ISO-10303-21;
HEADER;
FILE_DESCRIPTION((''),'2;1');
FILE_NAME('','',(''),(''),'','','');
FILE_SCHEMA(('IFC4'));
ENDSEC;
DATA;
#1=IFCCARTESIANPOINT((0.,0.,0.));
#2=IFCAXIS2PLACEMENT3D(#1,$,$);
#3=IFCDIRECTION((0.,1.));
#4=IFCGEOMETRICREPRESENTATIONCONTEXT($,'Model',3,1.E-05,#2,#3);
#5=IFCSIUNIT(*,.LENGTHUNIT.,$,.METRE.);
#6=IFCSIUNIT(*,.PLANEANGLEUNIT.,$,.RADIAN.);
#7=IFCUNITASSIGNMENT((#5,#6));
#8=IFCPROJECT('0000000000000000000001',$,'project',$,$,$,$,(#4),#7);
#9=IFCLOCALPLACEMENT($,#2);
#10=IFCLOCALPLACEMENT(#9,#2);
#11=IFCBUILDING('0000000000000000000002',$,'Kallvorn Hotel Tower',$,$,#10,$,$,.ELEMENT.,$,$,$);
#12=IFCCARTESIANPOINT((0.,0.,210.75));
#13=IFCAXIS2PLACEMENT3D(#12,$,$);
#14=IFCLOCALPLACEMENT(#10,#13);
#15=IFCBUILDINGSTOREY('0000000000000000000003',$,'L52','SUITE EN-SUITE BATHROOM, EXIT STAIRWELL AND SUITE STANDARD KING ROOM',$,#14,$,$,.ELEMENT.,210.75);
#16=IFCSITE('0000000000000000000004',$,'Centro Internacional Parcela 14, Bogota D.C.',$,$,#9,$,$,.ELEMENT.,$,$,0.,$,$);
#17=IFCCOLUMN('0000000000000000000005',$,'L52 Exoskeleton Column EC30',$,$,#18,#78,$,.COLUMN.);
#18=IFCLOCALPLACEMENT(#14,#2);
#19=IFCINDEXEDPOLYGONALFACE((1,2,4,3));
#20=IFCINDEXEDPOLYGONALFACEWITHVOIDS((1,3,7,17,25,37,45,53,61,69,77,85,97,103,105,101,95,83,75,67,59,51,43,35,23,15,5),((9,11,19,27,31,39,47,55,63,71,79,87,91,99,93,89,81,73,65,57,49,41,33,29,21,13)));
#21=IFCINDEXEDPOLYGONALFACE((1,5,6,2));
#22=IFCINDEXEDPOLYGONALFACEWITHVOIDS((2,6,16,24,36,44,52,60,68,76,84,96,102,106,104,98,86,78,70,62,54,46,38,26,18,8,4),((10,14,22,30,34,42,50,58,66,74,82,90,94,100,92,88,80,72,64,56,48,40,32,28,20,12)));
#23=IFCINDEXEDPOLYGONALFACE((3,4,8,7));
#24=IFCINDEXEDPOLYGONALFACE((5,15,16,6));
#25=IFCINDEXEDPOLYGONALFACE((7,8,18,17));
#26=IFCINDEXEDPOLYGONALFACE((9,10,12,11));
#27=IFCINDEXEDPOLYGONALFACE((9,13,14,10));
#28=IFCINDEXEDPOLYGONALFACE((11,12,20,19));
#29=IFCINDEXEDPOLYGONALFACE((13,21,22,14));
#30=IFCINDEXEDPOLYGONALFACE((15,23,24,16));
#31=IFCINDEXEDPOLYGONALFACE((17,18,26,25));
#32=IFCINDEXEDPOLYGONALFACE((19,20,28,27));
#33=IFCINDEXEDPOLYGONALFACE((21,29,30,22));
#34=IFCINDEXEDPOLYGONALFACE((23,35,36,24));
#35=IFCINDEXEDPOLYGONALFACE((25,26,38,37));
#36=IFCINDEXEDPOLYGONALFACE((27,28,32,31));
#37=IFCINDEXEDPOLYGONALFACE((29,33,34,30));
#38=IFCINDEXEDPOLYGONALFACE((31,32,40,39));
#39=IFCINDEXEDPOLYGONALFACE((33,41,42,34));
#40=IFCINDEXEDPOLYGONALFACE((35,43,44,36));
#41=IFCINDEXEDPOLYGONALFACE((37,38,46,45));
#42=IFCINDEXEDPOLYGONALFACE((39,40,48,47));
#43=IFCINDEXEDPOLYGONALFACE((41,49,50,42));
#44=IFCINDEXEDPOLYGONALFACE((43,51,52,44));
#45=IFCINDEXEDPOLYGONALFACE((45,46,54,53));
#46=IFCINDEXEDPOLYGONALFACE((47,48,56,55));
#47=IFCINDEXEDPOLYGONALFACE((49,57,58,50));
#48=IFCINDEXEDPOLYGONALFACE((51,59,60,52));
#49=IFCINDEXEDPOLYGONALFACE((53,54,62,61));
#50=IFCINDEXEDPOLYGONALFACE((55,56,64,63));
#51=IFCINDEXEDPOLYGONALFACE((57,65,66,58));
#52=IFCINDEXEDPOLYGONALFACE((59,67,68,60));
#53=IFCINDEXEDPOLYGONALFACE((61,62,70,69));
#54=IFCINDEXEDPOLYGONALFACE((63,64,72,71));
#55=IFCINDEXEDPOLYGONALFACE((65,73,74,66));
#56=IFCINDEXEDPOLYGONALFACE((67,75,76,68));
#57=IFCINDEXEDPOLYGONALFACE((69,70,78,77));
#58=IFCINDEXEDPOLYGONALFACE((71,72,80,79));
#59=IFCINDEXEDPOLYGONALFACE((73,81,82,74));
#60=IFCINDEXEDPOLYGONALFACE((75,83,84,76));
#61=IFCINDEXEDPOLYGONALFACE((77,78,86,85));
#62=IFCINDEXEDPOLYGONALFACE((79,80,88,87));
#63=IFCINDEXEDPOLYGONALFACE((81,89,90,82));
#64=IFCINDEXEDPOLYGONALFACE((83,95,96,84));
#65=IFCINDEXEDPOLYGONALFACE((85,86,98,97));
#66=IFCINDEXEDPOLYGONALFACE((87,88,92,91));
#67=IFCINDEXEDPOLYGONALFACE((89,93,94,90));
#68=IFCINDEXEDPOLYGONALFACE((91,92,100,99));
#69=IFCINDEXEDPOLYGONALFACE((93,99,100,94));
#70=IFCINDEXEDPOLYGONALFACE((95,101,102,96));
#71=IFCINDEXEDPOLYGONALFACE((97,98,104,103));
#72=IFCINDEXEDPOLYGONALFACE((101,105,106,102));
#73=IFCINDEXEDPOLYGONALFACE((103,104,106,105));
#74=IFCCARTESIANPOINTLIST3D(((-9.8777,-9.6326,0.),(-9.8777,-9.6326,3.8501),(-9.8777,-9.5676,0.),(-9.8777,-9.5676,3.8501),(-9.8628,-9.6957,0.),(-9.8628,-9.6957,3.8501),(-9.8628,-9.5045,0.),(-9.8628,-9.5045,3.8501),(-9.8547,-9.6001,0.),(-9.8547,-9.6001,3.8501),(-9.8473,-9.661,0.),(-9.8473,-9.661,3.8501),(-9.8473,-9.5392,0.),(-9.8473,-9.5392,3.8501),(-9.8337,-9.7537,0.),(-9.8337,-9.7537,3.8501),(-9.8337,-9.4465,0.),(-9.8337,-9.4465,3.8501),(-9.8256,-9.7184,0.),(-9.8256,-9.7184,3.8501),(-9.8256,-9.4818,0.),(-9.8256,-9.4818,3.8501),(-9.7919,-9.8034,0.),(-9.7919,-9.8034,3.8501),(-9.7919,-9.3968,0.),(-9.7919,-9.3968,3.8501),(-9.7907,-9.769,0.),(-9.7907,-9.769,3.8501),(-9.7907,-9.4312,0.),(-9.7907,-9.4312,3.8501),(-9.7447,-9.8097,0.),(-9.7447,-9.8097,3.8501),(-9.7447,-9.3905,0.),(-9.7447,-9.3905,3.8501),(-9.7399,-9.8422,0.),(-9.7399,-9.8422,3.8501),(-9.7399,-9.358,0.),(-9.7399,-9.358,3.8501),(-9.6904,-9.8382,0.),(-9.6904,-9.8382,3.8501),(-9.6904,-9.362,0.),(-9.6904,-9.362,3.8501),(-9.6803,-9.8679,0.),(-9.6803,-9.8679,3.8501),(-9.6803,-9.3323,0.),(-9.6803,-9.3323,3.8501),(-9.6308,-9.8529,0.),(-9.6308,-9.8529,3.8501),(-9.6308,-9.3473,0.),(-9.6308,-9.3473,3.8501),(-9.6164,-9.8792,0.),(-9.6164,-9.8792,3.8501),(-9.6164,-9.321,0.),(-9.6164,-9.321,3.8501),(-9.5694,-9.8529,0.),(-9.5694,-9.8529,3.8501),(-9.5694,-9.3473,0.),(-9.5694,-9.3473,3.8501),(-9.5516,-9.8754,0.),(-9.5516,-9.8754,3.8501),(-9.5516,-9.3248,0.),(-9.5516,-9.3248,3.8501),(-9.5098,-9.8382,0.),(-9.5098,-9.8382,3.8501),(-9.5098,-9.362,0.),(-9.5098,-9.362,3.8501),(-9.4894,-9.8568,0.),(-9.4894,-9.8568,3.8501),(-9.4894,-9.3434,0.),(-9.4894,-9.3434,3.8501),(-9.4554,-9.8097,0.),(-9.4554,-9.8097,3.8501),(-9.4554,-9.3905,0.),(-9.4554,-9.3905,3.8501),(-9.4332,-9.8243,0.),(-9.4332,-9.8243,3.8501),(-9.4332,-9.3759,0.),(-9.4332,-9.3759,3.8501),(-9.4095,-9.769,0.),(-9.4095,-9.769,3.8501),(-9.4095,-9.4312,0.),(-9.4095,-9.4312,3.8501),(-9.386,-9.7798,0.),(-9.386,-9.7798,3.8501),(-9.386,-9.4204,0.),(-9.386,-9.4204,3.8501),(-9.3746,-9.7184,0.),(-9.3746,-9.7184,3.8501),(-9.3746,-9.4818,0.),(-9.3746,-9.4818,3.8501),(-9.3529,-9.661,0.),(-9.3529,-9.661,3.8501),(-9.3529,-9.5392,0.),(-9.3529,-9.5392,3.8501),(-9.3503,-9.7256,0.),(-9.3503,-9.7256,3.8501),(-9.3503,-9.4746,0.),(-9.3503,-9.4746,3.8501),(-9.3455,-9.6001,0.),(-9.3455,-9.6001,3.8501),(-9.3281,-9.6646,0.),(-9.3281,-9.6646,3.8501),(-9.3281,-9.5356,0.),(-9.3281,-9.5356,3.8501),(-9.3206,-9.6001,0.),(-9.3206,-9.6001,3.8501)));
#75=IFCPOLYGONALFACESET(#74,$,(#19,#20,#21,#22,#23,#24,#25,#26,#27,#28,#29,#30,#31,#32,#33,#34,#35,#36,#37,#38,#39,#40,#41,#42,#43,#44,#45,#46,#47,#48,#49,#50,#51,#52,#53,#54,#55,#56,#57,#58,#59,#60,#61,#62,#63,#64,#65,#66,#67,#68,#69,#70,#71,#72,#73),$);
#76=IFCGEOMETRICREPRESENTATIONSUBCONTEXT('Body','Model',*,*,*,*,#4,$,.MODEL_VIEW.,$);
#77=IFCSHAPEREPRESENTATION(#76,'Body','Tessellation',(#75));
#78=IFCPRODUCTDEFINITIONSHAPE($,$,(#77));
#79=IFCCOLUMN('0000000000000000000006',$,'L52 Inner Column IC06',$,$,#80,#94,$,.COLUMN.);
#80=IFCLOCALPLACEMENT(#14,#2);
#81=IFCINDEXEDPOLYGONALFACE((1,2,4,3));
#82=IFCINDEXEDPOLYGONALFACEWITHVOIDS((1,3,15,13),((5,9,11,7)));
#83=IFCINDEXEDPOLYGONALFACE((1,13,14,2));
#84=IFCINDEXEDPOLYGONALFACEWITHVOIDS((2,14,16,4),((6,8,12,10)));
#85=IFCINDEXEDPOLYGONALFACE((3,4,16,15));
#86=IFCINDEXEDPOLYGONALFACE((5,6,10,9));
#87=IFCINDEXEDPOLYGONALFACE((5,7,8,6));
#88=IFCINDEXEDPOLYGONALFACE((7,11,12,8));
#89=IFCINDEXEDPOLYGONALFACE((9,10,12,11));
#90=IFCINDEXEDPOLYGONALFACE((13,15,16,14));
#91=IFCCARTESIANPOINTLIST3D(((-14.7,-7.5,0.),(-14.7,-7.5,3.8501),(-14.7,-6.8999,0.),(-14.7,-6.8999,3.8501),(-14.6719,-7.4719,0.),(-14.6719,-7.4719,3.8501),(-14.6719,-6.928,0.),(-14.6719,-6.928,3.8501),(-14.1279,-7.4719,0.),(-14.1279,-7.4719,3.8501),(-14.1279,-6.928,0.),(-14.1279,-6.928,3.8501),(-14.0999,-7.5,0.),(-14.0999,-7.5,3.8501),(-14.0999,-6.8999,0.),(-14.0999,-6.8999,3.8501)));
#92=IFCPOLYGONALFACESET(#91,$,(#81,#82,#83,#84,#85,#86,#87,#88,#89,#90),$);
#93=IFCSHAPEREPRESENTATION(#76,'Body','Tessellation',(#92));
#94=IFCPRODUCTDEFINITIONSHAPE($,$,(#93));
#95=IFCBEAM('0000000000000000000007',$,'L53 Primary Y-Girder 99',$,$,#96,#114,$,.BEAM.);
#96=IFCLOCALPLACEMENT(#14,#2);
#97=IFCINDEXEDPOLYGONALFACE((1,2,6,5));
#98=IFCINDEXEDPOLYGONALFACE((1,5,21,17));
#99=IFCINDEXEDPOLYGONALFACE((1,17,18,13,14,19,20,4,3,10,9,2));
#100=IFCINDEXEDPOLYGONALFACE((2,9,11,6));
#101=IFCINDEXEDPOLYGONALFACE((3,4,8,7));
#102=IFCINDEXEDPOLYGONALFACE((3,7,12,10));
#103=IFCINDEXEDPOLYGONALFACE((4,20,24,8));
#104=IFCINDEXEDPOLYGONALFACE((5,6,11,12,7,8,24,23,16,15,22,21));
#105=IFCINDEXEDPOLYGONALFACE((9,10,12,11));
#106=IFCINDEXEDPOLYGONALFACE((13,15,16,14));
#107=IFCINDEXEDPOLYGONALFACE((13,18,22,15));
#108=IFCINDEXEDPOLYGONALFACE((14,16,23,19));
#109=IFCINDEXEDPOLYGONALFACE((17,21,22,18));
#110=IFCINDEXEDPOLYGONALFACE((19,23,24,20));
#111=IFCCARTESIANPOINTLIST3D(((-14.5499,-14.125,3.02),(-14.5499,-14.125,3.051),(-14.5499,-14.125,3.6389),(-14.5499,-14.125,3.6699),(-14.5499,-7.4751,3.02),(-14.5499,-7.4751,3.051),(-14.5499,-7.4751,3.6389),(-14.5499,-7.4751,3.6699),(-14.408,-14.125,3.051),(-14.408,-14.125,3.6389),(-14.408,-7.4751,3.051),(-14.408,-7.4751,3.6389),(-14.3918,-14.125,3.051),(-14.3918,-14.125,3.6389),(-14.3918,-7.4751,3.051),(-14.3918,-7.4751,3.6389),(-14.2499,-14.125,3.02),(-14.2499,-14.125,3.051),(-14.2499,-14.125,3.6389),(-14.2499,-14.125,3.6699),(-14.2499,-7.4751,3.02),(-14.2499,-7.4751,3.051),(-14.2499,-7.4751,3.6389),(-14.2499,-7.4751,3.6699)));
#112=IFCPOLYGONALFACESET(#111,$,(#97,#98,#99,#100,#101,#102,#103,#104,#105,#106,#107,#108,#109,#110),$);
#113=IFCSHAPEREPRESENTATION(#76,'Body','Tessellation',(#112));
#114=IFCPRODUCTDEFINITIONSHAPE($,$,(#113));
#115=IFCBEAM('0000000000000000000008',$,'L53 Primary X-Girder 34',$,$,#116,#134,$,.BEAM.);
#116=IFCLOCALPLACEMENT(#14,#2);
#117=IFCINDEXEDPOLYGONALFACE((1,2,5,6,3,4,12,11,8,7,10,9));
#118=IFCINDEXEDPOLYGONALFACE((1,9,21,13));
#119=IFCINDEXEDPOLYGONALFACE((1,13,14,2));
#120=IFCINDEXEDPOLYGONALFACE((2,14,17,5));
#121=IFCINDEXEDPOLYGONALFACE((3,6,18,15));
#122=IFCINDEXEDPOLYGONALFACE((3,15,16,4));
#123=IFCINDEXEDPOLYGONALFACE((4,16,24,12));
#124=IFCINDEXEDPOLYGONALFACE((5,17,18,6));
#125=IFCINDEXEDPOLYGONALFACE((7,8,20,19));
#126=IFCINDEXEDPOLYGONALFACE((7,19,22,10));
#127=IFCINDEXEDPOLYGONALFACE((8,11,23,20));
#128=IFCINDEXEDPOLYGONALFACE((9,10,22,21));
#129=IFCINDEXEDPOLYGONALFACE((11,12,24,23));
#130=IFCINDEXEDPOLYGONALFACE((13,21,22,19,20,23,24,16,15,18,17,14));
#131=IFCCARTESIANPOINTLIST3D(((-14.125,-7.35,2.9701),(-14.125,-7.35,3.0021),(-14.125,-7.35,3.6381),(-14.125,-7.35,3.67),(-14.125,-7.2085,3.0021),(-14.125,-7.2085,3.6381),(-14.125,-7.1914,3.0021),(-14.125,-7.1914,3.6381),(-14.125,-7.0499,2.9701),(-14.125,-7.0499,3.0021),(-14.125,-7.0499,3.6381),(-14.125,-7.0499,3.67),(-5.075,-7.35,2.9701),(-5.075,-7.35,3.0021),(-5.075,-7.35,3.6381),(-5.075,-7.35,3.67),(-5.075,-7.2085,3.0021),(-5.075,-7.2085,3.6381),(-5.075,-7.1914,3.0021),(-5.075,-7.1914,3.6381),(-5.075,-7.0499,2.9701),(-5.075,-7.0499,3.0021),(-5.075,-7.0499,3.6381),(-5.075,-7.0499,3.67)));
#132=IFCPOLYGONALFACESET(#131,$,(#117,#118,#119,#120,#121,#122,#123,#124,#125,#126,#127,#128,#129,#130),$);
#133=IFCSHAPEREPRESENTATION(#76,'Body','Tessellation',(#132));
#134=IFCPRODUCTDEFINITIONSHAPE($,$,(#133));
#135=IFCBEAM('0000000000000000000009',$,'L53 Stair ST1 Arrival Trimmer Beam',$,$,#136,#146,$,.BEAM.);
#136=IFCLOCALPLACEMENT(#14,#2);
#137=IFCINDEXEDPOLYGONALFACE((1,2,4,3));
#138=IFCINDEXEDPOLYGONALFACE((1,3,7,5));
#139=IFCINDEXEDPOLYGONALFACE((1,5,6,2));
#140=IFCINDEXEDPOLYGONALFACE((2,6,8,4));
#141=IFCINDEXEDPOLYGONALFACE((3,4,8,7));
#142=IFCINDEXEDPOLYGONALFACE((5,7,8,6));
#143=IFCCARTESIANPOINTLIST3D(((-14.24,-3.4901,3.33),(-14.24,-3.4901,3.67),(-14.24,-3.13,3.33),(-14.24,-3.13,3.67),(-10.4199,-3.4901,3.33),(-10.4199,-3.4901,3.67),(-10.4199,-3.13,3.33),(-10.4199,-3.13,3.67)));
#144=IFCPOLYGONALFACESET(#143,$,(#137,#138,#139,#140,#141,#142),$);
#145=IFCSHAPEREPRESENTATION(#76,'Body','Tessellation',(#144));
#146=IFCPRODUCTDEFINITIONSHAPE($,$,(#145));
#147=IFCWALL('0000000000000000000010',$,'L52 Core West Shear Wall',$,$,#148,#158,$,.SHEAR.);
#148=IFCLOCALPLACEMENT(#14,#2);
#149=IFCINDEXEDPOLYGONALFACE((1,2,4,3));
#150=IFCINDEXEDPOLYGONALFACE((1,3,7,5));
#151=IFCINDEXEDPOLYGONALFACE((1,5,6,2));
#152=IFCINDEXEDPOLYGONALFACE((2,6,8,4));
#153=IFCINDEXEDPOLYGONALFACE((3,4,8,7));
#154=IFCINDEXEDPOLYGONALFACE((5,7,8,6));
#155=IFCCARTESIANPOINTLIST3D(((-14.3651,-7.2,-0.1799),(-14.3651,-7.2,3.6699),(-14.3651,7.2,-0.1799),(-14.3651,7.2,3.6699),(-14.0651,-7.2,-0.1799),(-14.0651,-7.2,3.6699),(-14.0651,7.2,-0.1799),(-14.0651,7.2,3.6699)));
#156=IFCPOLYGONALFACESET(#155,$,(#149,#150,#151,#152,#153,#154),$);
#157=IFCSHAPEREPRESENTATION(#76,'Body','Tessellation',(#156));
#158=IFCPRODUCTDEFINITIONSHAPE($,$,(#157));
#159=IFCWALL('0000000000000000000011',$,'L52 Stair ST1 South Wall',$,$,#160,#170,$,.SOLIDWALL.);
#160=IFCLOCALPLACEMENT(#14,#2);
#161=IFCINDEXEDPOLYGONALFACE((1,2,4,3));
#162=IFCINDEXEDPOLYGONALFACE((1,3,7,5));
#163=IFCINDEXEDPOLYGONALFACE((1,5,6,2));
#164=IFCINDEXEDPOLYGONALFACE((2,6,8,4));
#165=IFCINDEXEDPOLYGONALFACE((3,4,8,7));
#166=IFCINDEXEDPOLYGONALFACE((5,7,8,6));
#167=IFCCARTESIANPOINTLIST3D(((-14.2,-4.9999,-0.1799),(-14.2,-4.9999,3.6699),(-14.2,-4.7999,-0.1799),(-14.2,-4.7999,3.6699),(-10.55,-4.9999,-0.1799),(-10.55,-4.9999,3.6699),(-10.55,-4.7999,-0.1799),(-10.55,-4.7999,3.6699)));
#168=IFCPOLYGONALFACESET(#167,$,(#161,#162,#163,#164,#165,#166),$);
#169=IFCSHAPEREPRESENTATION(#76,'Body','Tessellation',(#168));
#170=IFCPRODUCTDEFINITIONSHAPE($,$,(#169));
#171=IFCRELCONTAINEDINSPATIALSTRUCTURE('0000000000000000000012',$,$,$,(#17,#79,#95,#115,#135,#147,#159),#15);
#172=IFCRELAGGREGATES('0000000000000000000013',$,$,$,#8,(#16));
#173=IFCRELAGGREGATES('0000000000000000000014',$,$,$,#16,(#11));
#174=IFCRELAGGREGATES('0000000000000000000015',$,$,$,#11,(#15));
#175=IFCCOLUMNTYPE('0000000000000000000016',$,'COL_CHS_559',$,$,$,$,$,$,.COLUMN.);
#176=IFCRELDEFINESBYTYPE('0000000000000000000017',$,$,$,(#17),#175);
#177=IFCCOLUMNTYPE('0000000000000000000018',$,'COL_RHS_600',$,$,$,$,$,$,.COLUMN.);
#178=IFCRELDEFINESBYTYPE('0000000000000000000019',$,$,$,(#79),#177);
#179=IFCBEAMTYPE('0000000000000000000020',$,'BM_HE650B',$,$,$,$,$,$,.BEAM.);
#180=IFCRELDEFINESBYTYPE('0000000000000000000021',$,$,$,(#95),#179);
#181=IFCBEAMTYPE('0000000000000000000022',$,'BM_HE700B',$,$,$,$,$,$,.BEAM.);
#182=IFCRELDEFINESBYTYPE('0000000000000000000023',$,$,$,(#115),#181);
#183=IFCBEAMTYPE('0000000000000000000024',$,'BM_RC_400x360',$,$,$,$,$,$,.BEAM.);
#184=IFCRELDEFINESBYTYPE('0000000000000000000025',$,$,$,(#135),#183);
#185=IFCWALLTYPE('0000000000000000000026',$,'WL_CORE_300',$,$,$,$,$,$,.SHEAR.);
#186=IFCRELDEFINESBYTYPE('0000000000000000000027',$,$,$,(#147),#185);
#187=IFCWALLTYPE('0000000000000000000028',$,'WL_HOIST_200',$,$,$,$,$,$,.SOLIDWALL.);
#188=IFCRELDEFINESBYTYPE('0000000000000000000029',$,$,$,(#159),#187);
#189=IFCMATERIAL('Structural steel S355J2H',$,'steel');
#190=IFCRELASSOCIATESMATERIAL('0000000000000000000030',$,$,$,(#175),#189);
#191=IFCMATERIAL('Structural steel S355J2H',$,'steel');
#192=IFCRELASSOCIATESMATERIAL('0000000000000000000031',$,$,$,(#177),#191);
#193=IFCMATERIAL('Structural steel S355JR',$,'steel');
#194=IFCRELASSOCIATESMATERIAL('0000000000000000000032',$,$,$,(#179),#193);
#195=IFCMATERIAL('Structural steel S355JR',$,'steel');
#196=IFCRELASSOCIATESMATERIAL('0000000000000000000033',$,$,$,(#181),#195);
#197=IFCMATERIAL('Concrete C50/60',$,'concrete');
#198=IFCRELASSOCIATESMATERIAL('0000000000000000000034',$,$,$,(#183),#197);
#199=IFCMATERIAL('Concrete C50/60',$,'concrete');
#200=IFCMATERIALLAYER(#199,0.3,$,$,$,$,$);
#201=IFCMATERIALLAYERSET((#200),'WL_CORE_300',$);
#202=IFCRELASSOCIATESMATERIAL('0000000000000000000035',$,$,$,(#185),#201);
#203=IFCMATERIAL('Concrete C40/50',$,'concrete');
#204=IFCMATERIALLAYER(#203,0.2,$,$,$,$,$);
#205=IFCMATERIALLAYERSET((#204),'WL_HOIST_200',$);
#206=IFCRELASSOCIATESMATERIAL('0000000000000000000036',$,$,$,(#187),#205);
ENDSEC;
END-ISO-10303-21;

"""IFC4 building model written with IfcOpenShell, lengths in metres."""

from ifc_helpers import new_model, si_unit, direction, frame, frame_2d, origin, origin_2d, place, context, subcontext, project, spatial, rectangle, hollow_rectangle, hollow_circle, i_section, extrude, material, layer, layer_set, material_profile, profile_set, type_object, element, save


model = new_model("IFC4")

# Units and contexts
model_context = context("Model", 3, precision=1e-05, world=origin(), true_north=direction((0.0, 1.0)))
body_context = subcontext(model_context, "Body", "Model", "MODEL_VIEW")
ifc_project = project(units=[si_unit("LENGTHUNIT", "METRE"), si_unit("PLANEANGLEUNIT", "RADIAN")], contexts=[model_context])

# Site, building, storey
site_placement = place(None, origin())
site = spatial("IfcSite", under=ifc_project, at=site_placement, Name="Centro Internacional Parcela 14, Bogota D.C.", CompositionType="ELEMENT", RefElevation=0.0)
building_placement = place(site_placement, origin())
building = spatial("IfcBuilding", under=site, at=building_placement, Name="Kallvorn Hotel Tower", CompositionType="ELEMENT")
storey_placement = place(building_placement, frame((0.0, 0.0, 210.75)))
storey = spatial("IfcBuildingStorey", under=building, at=storey_placement, Name="L52", Description="SUITE EN-SUITE BATHROOM, EXIT STAIRWELL AND SUITE STANDARD KING ROOM", CompositionType="ELEMENT", Elevation=210.75)

# Columns
ifc_material_1 = material(Name="Structural steel S355J2H", Category="steel")
ifc_material_profile_1 = material_profile(ifc_material_1, hollow_circle(Radius=0.2795, WallThickness=0.0249, at=origin_2d()), Name="CHS 559x25")
ifc_profile_set_1 = profile_set([ifc_material_profile_1], Name="Structural steel S355J2H")
column_type_1 = type_object("IfcColumnType", Name="COL_CHS_559", PredefinedType="COLUMN", material=ifc_profile_set_1)
column_1_placement = place(storey_placement, frame((-9.6001, -9.6001, 0.0), z_axis=(0.0, 0.0, 1.0), x_axis=(1.0, 0.0, 0.0)))
element("IfcColumn", 1, at=column_1_placement, inside=storey, type_object=column_type_1, Name="L52 Exoskeleton Column EC30", PredefinedType="COLUMN", context=body_context, shape_type="SweptSolid", body=[
    extrude(hollow_circle(Radius=0.2795, WallThickness=0.0249, at=origin_2d()), origin(), (0.0, 0.0, 1.0), 3.8501),
])
ifc_material_2 = material(Name="Structural steel S355J2H", Category="steel")
ifc_material_profile_2 = material_profile(ifc_material_2, hollow_rectangle(XDim=0.6001, YDim=0.6001, WallThickness=0.0281, at=origin_2d()), Name="RHS 600x600x28")
ifc_profile_set_2 = profile_set([ifc_material_profile_2], Name="Structural steel S355J2H")
column_type_2 = type_object("IfcColumnType", Name="COL_RHS_600", PredefinedType="COLUMN", material=ifc_profile_set_2)
column_2_placement = place(storey_placement, frame((-14.3999, -7.2, 0.0), z_axis=(0.0, 0.0, 1.0), x_axis=(1.0, 0.0, 0.0)))
element("IfcColumn", 2, at=column_2_placement, inside=storey, type_object=column_type_2, Name="L52 Inner Column IC06", PredefinedType="COLUMN", context=body_context, shape_type="SweptSolid", body=[
    extrude(hollow_rectangle(XDim=0.6001, YDim=0.6001, WallThickness=0.0281, at=origin_2d()), origin(), (0.0, 0.0, 1.0), 3.8501),
])

# Beams
ifc_material_3 = material(Name="Structural steel S355JR", Category="steel")
ifc_material_profile_3 = material_profile(ifc_material_3, i_section(OverallWidth=0.3, OverallDepth=0.6499, WebThickness=0.0161, FlangeThickness=0.031, at=origin_2d()), Name="HE 650 B")
ifc_profile_set_3 = profile_set([ifc_material_profile_3], Name="Structural steel S355JR")
beam_type_1 = type_object("IfcBeamType", Name="BM_HE650B", PredefinedType="BEAM", material=ifc_profile_set_3)
beam_1_placement = place(storey_placement, frame((-14.3999, -14.125, 3.345), z_axis=(0.0, 1.0, 0.0), x_axis=(-1.0, 0.0, 0.0)))
element("IfcBeam", 3, at=beam_1_placement, inside=storey, type_object=beam_type_1, Name="L53 Primary Y-Girder 99", PredefinedType="BEAM", context=body_context, shape_type="SweptSolid", body=[
    extrude(i_section(OverallWidth=0.3, OverallDepth=0.6499, WebThickness=0.0161, FlangeThickness=0.031, at=origin_2d()), origin(), (0.0, 0.0, 1.0), 6.6499),
])
ifc_material_4 = material(Name="Structural steel S355JR", Category="steel")
ifc_material_profile_4 = material_profile(ifc_material_4, i_section(OverallWidth=0.3, OverallDepth=0.7, WebThickness=0.0171, FlangeThickness=0.032, at=origin_2d()), Name="HE 700 B")
ifc_profile_set_4 = profile_set([ifc_material_profile_4], Name="Structural steel S355JR")
beam_type_2 = type_object("IfcBeamType", Name="BM_HE700B", PredefinedType="BEAM", material=ifc_profile_set_4)
beam_2_placement = place(storey_placement, frame((-14.125, -7.2, 3.3201), z_axis=(1.0, 0.0, 0.0), x_axis=(0.0, 1.0, 0.0)))
element("IfcBeam", 4, at=beam_2_placement, inside=storey, type_object=beam_type_2, Name="L53 Primary X-Girder 34", PredefinedType="BEAM", context=body_context, shape_type="SweptSolid", body=[
    extrude(i_section(OverallWidth=0.3, OverallDepth=0.7, WebThickness=0.0171, FlangeThickness=0.032, at=origin_2d()), origin(), (0.0, 0.0, 1.0), 9.05),
])
ifc_material_5 = material(Name="Concrete C50/60", Category="concrete")
ifc_material_profile_5 = material_profile(ifc_material_5, rectangle(XDim=0.3601, YDim=0.3401, at=origin_2d()), Name="RC 360x340")
ifc_profile_set_5 = profile_set([ifc_material_profile_5], Name="Concrete C50/60")
beam_type_3 = type_object("IfcBeamType", Name="BM_RC_400x360", PredefinedType="BEAM", material=ifc_profile_set_5)
beam_3_placement = place(storey_placement, frame((-10.4199, -3.3101, 3.5), z_axis=(-1.0, 0.0, 0.0), x_axis=(0.0, -1.0, 0.0)))
element("IfcBeam", 5, at=beam_3_placement, inside=storey, type_object=beam_type_3, Name="L53 Stair ST1 Arrival Trimmer Beam", PredefinedType="BEAM", context=body_context, shape_type="SweptSolid", body=[
    extrude(rectangle(XDim=0.3601, YDim=0.3401, at=origin_2d()), origin(), (0.0, 0.0, 1.0), 3.8201),
])

# Walls
ifc_material_6 = material(Name="Concrete C50/60", Category="concrete")
ifc_layer_1 = layer(ifc_material_6, 0.3)
ifc_layer_set_1 = layer_set([ifc_layer_1], Name="WL_CORE_300")
wall_type_1 = type_object("IfcWallType", Name="WL_CORE_300", PredefinedType="SHEAR", material=ifc_layer_set_1)
wall_1_placement = place(storey_placement, frame((-14.2151, -7.2, -0.1799), z_axis=(0.0, 0.0, 1.0), x_axis=(0.0, 1.0, 0.0)))
element("IfcWall", 6, at=wall_1_placement, inside=storey, type_object=wall_type_1, Name="L52 Core West Shear Wall", PredefinedType="SHEAR", context=body_context, shape_type="SweptSolid", body=[
    extrude(rectangle(XDim=14.3999, YDim=0.3, at=frame_2d((7.2, 0.0))), origin(), (0.0, 0.0, 1.0), 3.8499),
])
ifc_material_7 = material(Name="Concrete C40/50", Category="concrete")
ifc_layer_2 = layer(ifc_material_7, 0.2)
ifc_layer_set_2 = layer_set([ifc_layer_2], Name="WL_HOIST_200")
wall_type_2 = type_object("IfcWallType", Name="WL_HOIST_200", PredefinedType="SOLIDWALL", material=ifc_layer_set_2)
wall_2_placement = place(storey_placement, frame((-14.2, -4.8999, -0.1799), z_axis=(0.0, 0.0, 1.0), x_axis=(1.0, 0.0, 0.0)))
element("IfcWall", 7, at=wall_2_placement, inside=storey, type_object=wall_type_2, Name="L52 Stair ST1 South Wall", PredefinedType="SOLIDWALL", context=body_context, shape_type="SweptSolid", body=[
    extrude(rectangle(XDim=3.6499, YDim=0.2, at=frame_2d((1.825, 0.0))), origin(), (0.0, 0.0, 1.0), 3.8499),
])

save(model, "model.ifc")
